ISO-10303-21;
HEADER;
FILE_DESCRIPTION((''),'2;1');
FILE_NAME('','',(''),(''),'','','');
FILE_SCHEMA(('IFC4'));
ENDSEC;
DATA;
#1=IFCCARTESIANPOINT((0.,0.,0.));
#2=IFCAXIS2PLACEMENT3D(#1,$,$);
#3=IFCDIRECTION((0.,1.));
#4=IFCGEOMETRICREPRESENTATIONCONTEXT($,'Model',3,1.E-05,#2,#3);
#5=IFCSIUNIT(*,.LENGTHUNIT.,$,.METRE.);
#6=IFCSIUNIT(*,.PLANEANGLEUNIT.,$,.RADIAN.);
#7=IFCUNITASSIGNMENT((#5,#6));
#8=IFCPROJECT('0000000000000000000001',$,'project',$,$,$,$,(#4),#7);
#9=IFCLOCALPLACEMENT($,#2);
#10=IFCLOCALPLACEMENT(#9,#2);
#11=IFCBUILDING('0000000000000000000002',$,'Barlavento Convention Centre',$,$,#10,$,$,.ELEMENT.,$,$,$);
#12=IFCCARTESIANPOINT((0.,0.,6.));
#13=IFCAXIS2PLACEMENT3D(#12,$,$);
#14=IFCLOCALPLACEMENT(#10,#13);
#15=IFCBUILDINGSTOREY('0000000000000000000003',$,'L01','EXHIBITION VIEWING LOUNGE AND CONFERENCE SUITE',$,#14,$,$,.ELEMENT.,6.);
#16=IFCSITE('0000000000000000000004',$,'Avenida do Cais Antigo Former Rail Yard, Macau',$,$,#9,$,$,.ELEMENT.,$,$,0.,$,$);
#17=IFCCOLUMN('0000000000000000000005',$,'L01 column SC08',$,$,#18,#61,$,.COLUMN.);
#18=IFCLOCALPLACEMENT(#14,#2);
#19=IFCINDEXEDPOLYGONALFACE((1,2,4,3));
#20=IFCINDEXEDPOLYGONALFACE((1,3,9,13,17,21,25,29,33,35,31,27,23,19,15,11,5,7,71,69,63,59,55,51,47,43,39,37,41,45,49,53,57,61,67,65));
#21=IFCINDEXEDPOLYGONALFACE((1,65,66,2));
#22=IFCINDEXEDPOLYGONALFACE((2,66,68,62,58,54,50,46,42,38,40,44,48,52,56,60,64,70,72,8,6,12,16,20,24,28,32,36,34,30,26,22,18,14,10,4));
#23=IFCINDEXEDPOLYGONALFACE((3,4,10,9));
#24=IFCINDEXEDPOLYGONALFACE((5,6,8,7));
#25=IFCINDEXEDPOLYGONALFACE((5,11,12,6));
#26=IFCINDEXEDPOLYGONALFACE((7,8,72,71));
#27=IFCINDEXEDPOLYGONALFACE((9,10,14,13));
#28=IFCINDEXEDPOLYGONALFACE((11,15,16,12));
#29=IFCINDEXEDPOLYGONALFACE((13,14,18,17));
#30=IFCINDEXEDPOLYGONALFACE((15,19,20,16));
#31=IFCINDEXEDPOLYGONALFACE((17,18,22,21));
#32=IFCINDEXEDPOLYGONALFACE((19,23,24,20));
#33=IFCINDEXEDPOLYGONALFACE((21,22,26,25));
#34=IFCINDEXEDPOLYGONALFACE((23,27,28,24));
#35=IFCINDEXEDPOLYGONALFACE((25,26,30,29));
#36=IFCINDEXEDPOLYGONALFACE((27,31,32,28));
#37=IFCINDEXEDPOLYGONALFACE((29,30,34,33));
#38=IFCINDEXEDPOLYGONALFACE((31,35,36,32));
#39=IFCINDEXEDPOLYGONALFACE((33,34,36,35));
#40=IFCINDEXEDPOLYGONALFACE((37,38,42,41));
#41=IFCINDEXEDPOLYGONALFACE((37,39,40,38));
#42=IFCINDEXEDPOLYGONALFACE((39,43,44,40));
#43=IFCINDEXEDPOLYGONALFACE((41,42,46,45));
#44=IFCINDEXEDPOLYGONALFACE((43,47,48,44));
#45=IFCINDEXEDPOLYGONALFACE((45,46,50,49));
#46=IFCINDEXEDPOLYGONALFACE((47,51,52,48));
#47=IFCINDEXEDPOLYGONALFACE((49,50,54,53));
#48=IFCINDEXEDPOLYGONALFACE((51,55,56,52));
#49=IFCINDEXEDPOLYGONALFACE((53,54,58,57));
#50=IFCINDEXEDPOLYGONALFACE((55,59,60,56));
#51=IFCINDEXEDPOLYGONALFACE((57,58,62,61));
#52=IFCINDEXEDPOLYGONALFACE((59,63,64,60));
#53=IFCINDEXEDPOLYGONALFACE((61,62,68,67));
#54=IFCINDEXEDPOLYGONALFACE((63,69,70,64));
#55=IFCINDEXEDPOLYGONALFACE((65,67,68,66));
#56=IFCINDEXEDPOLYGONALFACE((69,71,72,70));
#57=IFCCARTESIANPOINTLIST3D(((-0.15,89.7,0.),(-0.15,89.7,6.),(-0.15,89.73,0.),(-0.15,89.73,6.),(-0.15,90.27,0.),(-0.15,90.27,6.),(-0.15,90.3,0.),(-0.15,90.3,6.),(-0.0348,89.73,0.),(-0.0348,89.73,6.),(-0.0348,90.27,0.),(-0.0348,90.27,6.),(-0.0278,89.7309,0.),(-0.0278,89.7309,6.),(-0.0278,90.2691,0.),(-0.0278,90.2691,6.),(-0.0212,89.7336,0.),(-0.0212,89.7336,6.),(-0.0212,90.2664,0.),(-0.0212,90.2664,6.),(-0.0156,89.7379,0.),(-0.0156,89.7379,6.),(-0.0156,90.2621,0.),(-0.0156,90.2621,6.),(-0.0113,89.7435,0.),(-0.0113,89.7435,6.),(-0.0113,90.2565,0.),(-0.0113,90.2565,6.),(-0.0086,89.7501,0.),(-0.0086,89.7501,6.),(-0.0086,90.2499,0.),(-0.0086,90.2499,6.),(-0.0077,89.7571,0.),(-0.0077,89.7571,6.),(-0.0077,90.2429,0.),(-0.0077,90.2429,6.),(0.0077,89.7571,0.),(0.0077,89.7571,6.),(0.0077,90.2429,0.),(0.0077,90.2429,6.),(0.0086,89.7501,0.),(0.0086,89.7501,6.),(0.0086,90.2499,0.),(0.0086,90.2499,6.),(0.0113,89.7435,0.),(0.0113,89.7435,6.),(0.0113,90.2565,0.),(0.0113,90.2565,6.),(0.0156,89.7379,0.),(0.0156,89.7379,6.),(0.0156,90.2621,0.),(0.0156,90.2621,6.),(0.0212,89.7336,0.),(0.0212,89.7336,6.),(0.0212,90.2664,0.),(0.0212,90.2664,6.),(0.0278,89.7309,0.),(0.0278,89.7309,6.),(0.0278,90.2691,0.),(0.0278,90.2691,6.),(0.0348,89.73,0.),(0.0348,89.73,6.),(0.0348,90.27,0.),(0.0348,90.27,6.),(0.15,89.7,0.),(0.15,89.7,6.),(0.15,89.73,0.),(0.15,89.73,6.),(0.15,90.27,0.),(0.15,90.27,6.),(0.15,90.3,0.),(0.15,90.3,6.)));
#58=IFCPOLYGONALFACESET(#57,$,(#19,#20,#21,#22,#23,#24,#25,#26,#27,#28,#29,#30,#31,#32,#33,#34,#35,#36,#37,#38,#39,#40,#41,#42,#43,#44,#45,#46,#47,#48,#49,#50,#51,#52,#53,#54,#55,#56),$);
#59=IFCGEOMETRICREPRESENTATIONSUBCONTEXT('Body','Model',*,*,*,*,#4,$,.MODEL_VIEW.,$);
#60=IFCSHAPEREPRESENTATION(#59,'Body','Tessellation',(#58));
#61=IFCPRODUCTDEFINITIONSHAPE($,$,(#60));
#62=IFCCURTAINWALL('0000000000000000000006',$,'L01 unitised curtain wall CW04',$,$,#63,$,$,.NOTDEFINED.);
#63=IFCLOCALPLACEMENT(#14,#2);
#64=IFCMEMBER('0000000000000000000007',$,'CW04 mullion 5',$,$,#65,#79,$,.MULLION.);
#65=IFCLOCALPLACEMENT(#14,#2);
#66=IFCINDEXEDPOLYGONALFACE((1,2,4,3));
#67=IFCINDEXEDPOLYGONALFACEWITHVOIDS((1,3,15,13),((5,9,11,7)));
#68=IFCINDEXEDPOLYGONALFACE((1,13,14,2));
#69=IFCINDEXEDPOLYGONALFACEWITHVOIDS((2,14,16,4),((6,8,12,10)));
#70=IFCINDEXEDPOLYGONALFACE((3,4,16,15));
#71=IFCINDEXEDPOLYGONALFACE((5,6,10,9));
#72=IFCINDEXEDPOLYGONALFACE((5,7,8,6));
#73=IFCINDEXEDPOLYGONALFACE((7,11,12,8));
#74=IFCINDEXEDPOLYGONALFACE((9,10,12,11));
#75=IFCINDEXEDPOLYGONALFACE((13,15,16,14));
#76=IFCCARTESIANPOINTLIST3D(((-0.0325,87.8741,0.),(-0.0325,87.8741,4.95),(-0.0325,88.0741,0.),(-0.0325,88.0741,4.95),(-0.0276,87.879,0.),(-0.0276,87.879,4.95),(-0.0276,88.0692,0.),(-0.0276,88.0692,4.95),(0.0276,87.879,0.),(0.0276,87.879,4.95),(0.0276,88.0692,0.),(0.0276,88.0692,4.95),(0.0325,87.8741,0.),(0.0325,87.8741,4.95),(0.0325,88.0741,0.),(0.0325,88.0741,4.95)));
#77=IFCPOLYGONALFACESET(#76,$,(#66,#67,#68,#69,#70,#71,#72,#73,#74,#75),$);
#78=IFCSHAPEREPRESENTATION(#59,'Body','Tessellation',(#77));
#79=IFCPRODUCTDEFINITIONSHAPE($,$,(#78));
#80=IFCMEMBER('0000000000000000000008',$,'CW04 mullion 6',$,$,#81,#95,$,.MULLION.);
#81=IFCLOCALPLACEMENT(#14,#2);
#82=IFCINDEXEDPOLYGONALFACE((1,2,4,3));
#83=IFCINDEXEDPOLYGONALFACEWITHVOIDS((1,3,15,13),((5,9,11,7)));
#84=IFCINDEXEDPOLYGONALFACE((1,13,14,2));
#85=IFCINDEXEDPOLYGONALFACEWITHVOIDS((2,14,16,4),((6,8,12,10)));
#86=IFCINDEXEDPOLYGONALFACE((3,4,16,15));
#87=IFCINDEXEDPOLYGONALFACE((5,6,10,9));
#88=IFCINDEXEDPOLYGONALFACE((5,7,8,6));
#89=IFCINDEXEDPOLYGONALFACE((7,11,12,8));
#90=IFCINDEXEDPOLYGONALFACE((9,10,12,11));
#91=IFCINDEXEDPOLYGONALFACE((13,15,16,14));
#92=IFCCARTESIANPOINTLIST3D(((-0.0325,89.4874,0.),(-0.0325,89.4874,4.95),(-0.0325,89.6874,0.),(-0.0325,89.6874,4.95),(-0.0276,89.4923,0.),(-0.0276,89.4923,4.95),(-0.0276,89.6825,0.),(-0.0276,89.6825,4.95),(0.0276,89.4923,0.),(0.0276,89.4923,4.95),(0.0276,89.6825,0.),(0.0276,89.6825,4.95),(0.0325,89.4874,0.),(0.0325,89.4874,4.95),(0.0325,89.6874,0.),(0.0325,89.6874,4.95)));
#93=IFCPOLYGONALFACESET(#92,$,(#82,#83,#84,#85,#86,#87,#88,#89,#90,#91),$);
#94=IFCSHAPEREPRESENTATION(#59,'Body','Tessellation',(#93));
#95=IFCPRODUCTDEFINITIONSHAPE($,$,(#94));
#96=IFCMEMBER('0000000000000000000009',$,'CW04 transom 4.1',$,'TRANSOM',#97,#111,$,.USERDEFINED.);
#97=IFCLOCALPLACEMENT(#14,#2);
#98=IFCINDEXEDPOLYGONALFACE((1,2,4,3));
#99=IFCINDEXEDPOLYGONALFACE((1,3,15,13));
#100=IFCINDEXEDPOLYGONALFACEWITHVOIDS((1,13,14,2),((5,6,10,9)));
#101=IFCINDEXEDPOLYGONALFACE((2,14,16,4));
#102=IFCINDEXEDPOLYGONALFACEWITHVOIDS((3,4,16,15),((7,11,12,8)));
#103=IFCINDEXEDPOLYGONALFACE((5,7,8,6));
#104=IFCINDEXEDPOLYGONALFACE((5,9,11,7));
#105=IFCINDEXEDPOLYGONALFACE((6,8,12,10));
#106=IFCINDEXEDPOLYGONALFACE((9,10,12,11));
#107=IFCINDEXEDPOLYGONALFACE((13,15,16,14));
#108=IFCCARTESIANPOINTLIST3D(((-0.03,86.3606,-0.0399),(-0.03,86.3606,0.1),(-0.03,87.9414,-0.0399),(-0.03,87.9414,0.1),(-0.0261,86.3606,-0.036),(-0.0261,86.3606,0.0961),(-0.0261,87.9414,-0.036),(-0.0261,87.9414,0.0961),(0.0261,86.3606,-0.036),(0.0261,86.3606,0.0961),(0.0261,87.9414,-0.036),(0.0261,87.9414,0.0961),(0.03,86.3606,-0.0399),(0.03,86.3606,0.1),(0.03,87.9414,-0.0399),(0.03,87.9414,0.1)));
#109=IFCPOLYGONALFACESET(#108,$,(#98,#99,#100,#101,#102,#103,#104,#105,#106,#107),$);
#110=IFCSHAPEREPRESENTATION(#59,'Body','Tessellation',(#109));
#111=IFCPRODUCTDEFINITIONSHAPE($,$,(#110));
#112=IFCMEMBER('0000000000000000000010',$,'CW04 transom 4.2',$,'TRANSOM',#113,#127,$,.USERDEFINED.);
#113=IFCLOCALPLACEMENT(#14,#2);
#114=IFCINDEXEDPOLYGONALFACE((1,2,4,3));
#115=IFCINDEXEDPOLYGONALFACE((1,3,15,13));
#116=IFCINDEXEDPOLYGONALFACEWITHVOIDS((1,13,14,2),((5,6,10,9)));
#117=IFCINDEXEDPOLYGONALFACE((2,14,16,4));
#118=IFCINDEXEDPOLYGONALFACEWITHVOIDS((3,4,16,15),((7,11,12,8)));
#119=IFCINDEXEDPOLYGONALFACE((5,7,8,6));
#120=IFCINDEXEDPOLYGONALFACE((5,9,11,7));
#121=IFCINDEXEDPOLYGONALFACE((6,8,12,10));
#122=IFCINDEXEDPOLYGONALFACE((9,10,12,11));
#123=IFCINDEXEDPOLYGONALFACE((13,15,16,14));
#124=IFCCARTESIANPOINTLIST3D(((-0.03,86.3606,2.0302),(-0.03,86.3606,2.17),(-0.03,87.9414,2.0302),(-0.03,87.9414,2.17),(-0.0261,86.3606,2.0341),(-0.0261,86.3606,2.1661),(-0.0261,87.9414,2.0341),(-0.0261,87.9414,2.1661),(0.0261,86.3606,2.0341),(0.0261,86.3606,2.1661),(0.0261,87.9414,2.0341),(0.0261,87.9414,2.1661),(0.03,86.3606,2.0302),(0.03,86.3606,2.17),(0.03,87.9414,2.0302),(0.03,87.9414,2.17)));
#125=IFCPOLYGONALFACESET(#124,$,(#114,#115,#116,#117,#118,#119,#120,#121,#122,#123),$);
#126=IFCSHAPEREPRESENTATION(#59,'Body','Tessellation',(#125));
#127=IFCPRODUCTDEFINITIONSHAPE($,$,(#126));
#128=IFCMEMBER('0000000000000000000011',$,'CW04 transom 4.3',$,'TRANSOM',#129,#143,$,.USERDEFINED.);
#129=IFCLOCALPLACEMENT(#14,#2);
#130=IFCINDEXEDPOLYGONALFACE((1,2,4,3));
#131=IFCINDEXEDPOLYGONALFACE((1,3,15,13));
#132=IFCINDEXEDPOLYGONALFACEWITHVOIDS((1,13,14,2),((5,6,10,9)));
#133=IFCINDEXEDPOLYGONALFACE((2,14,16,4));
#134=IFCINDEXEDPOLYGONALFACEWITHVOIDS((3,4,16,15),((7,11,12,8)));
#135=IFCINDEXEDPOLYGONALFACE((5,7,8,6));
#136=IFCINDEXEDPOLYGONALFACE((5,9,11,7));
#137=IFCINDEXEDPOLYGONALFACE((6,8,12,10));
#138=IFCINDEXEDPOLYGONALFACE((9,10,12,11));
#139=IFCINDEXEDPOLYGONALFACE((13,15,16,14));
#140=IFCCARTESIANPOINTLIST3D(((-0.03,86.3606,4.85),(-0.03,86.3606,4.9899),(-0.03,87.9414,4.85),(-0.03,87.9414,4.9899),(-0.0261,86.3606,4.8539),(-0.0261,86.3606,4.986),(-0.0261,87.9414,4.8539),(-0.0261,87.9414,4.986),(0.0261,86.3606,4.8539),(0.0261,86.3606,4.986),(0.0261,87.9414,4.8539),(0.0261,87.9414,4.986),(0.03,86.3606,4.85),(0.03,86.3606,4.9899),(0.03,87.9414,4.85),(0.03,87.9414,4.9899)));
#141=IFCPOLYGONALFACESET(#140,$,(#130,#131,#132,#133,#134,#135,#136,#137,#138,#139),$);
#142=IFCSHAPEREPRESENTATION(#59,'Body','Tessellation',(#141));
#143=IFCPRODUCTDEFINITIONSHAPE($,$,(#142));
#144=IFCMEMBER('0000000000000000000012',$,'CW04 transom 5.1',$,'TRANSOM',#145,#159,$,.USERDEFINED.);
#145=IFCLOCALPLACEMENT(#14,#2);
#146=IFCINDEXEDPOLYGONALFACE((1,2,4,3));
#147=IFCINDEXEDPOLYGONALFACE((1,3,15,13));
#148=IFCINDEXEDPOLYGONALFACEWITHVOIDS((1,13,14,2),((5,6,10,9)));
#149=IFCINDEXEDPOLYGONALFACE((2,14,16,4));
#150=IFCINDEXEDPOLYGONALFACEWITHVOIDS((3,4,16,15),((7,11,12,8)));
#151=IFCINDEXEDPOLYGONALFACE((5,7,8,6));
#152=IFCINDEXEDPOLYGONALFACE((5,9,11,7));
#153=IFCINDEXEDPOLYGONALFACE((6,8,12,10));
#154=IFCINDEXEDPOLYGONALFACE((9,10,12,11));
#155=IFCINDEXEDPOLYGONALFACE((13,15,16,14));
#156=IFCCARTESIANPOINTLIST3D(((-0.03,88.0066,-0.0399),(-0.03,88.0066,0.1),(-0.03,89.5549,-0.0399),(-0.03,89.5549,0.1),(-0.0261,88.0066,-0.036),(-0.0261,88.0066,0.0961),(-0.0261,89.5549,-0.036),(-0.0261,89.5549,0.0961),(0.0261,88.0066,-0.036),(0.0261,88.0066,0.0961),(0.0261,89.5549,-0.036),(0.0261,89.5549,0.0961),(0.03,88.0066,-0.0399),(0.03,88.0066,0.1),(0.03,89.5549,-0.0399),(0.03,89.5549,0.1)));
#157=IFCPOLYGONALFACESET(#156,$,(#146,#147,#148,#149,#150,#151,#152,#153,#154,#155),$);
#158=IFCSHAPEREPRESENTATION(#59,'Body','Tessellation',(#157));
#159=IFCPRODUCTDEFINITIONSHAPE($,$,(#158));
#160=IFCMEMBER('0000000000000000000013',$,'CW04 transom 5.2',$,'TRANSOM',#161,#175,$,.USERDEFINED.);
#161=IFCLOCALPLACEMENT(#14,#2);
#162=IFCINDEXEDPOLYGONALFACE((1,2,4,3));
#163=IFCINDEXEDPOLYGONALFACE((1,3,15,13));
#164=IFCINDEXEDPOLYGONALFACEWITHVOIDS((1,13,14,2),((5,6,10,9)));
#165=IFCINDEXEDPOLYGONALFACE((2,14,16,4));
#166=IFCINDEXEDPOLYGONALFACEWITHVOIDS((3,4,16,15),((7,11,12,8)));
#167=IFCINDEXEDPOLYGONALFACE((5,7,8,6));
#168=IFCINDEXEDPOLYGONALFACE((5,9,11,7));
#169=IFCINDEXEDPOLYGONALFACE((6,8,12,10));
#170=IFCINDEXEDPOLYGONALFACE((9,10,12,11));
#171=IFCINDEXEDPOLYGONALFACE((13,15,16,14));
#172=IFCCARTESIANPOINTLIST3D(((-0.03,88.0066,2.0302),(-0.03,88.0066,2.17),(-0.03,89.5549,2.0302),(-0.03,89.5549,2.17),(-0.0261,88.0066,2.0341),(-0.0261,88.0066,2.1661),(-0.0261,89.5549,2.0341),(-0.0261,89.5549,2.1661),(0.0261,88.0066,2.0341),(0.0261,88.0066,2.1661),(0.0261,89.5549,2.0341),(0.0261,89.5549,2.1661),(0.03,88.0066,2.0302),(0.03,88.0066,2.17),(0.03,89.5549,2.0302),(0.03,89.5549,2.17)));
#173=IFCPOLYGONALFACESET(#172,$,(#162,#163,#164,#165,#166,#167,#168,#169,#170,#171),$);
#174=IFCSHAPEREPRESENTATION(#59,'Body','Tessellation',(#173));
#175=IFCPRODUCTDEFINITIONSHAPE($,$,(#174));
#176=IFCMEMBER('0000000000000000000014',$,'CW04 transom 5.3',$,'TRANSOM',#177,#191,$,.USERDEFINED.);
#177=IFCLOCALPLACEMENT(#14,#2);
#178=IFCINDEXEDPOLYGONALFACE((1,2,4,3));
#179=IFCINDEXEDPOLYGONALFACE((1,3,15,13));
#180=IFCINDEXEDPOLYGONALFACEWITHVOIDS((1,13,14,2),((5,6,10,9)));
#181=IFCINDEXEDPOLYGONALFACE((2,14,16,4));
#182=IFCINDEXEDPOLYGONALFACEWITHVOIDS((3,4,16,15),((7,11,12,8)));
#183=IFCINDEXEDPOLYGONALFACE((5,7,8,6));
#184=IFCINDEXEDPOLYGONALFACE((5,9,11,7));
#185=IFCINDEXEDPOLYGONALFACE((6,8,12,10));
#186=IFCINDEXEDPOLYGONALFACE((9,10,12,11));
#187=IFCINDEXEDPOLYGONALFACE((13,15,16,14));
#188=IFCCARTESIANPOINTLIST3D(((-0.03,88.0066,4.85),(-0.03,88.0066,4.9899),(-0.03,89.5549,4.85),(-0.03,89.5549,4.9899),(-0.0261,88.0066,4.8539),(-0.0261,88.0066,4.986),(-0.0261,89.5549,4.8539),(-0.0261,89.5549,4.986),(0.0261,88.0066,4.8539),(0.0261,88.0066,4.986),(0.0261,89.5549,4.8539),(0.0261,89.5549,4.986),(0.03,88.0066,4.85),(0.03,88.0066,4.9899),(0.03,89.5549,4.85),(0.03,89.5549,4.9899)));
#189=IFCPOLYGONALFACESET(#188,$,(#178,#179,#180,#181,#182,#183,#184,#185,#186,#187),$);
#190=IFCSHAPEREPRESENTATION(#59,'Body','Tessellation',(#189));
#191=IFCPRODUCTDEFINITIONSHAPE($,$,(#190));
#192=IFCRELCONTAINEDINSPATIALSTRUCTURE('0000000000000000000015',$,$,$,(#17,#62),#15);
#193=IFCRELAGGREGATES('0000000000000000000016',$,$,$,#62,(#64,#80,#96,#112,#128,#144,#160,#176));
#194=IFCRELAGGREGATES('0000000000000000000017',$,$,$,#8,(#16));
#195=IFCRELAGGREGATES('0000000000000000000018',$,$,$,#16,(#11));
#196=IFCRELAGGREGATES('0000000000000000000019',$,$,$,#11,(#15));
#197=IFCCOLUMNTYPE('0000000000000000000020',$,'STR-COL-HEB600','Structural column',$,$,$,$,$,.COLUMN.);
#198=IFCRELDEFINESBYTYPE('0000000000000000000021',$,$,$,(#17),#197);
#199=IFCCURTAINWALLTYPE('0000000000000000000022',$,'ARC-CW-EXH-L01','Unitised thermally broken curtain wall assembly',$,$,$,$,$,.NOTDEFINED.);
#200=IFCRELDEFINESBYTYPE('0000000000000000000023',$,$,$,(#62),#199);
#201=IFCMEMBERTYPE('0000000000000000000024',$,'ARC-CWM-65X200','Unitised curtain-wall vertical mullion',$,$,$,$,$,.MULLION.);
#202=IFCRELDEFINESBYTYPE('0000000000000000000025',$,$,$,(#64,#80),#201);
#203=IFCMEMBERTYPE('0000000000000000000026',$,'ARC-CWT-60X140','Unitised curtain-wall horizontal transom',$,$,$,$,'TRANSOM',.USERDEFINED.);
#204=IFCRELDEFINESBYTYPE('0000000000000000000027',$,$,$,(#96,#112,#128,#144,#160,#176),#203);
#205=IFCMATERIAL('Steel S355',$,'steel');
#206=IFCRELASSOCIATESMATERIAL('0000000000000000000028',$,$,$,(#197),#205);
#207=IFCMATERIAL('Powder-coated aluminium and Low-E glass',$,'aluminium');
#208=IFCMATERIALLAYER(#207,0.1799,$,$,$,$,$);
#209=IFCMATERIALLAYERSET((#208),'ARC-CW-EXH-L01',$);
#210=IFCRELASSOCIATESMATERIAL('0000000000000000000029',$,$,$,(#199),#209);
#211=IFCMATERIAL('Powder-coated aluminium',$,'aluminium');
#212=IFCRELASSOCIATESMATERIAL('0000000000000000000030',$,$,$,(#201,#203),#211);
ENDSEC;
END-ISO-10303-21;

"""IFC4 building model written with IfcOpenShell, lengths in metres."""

from ifc_helpers import new_model, si_unit, direction, frame, origin, origin_2d, place, context, subcontext, project, spatial, hollow_rectangle, i_section, extrude, material, layer, layer_set, material_profile, profile_set, type_object, element, aggregate, save


model = new_model("IFC4")

# Units and contexts
model_context = context("Model", 3, precision=1e-05, world=origin(), true_north=direction((0.0, 1.0)))
body_context = subcontext(model_context, "Body", "Model", "MODEL_VIEW")
ifc_project = project(units=[si_unit("LENGTHUNIT", "METRE"), si_unit("PLANEANGLEUNIT", "RADIAN")], contexts=[model_context])

# Site, building, storey
site_placement = place(None, origin())
site = spatial("IfcSite", under=ifc_project, at=site_placement, Name="Avenida do Cais Antigo Former Rail Yard, Macau", CompositionType="ELEMENT", RefElevation=0.0)
building_placement = place(site_placement, origin())
building = spatial("IfcBuilding", under=site, at=building_placement, Name="Barlavento Convention Centre", CompositionType="ELEMENT")
storey_placement = place(building_placement, frame((0.0, 0.0, 6.0)))
storey = spatial("IfcBuildingStorey", under=building, at=storey_placement, Name="L01", Description="EXHIBITION VIEWING LOUNGE AND CONFERENCE SUITE", CompositionType="ELEMENT", Elevation=6.0)

# Column
ifc_material_1 = material(Name="Steel S355", Category="steel")
ifc_material_profile_1 = material_profile(ifc_material_1, i_section(OverallWidth=0.3, OverallDepth=0.6001, WebThickness=0.0154, FlangeThickness=0.03, FilletRadius=0.0271, at=origin_2d()), Name="HEB 600")
ifc_profile_set_1 = profile_set([ifc_material_profile_1], Name="Steel S355")
column_type = type_object("IfcColumnType", Name="STR-COL-HEB600", Description="Structural column", PredefinedType="COLUMN", material=ifc_profile_set_1)
column_placement = place(storey_placement, frame((0.0, 90.0, 0.0), z_axis=(0.0, 0.0, 1.0), x_axis=(1.0, 0.0, 0.0)))
element("IfcColumn", 1, at=column_placement, inside=storey, type_object=column_type, Name="L01 column SC08", PredefinedType="COLUMN", context=body_context, shape_type="SweptSolid", body=[
    extrude(i_section(OverallWidth=0.3, OverallDepth=0.6001, WebThickness=0.0154, FlangeThickness=0.03, FilletRadius=0.0271, at=origin_2d()), origin(), (0.0, 0.0, 1.0), 6.0),
])

# Curtain wall, members
ifc_material_2 = material(Name="Powder-coated aluminium and Low-E glass", Category="aluminium")
ifc_layer_1 = layer(ifc_material_2, 0.1799)
ifc_layer_set_1 = layer_set([ifc_layer_1], Name="ARC-CW-EXH-L01")
curtain_wall_type = type_object("IfcCurtainWallType", Name="ARC-CW-EXH-L01", Description="Unitised thermally broken curtain wall assembly", PredefinedType="NOTDEFINED", material=ifc_layer_set_1)
curtain_wall_placement = place(storey_placement, origin())
curtain_wall = element("IfcCurtainWall", 2, at=curtain_wall_placement, inside=storey, type_object=curtain_wall_type, Name="L01 unitised curtain wall CW04", PredefinedType="NOTDEFINED")
ifc_material_3 = material(Name="Powder-coated aluminium", Category="aluminium")
ifc_material_profile_2 = material_profile(ifc_material_3, hollow_rectangle(XDim=0.0649, YDim=0.2, WallThickness=0.0049, at=origin_2d()), Name="AL-MULL 65x200x5")
ifc_profile_set_2 = profile_set([ifc_material_profile_2], Name="Powder-coated aluminium")
member_type_1 = type_object("IfcMemberType", Name="ARC-CWM-65X200", Description="Unitised curtain-wall vertical mullion", PredefinedType="MULLION", material=ifc_profile_set_2)
member_1_placement = place(storey_placement, frame((0.0, 87.9741, 0.0), z_axis=(0.0, 0.0, 1.0), x_axis=(-1.0, 0.0, 0.0)))
member_1 = element("IfcMember", 3, at=member_1_placement, type_object=member_type_1, Name="CW04 mullion 5", PredefinedType="MULLION", context=body_context, shape_type="SweptSolid", body=[
    extrude(hollow_rectangle(XDim=0.0649, YDim=0.2, WallThickness=0.0049, at=origin_2d()), origin(), (0.0, 0.0, 1.0), 4.95),
])
member_2_placement = place(storey_placement, frame((0.0, 89.5874, 0.0), z_axis=(0.0, 0.0, 1.0), x_axis=(-1.0, 0.0, 0.0)))
member_2 = element("IfcMember", 4, at=member_2_placement, type_object=member_type_1, Name="CW04 mullion 6", PredefinedType="MULLION", context=body_context, shape_type="SweptSolid", body=[
    extrude(hollow_rectangle(XDim=0.0649, YDim=0.2, WallThickness=0.0049, at=origin_2d()), origin(), (0.0, 0.0, 1.0), 4.95),
])
ifc_material_profile_3 = material_profile(ifc_material_3, hollow_rectangle(XDim=0.0601, YDim=0.1399, WallThickness=0.0039, at=origin_2d()), Name="AL-TRAN 60x140x4")
ifc_profile_set_3 = profile_set([ifc_material_profile_3], Name="Powder-coated aluminium")
member_type_2 = type_object("IfcMemberType", Name="ARC-CWT-60X140", Description="Unitised curtain-wall horizontal transom", ElementType="TRANSOM", PredefinedType="USERDEFINED", material=ifc_profile_set_3)
member_3_placement = place(storey_placement, frame((0.0, 86.3606, 0.03), z_axis=(0.0, 1.0, 0.0), x_axis=(-1.0, 0.0, 0.0)))
member_3 = element("IfcMember", 5, at=member_3_placement, type_object=member_type_2, Name="CW04 transom 4.1", ObjectType="TRANSOM", PredefinedType="USERDEFINED", context=body_context, shape_type="SweptSolid", body=[
    extrude(hollow_rectangle(XDim=0.0601, YDim=0.1399, WallThickness=0.0039, at=origin_2d()), origin(), (0.0, 0.0, 1.0), 1.5808),
])
member_4_placement = place(storey_placement, frame((0.0, 86.3606, 2.1001), z_axis=(0.0, 1.0, 0.0), x_axis=(-1.0, 0.0, 0.0)))
member_4 = element("IfcMember", 6, at=member_4_placement, type_object=member_type_2, Name="CW04 transom 4.2", ObjectType="TRANSOM", PredefinedType="USERDEFINED", context=body_context, shape_type="SweptSolid", body=[
    extrude(hollow_rectangle(XDim=0.0601, YDim=0.1399, WallThickness=0.0039, at=origin_2d()), origin(), (0.0, 0.0, 1.0), 1.5808),
])
member_5_placement = place(storey_placement, frame((0.0, 86.3606, 4.9199), z_axis=(0.0, 1.0, 0.0), x_axis=(-1.0, 0.0, 0.0)))
member_5 = element("IfcMember", 7, at=member_5_placement, type_object=member_type_2, Name="CW04 transom 4.3", ObjectType="TRANSOM", PredefinedType="USERDEFINED", context=body_context, shape_type="SweptSolid", body=[
    extrude(hollow_rectangle(XDim=0.0601, YDim=0.1399, WallThickness=0.0039, at=origin_2d()), origin(), (0.0, 0.0, 1.0), 1.5808),
])
member_6_placement = place(storey_placement, frame((0.0, 88.0066, 0.03), z_axis=(0.0, 1.0, 0.0), x_axis=(-1.0, 0.0, 0.0)))
member_6 = element("IfcMember", 8, at=member_6_placement, type_object=member_type_2, Name="CW04 transom 5.1", ObjectType="TRANSOM", PredefinedType="USERDEFINED", context=body_context, shape_type="SweptSolid", body=[
    extrude(hollow_rectangle(XDim=0.0601, YDim=0.1399, WallThickness=0.0039, at=origin_2d()), origin(), (0.0, 0.0, 1.0), 1.5483),
])
member_7_placement = place(storey_placement, frame((0.0, 88.0066, 2.1001), z_axis=(0.0, 1.0, 0.0), x_axis=(-1.0, 0.0, 0.0)))
member_7 = element("IfcMember", 9, at=member_7_placement, type_object=member_type_2, Name="CW04 transom 5.2", ObjectType="TRANSOM", PredefinedType="USERDEFINED", context=body_context, shape_type="SweptSolid", body=[
    extrude(hollow_rectangle(XDim=0.0601, YDim=0.1399, WallThickness=0.0039, at=origin_2d()), origin(), (0.0, 0.0, 1.0), 1.5483),
])
member_8_placement = place(storey_placement, frame((0.0, 88.0066, 4.9199), z_axis=(0.0, 1.0, 0.0), x_axis=(-1.0, 0.0, 0.0)))
member_8 = element("IfcMember", 10, at=member_8_placement, type_object=member_type_2, Name="CW04 transom 5.3", ObjectType="TRANSOM", PredefinedType="USERDEFINED", context=body_context, shape_type="SweptSolid", body=[
    extrude(hollow_rectangle(XDim=0.0601, YDim=0.1399, WallThickness=0.0039, at=origin_2d()), origin(), (0.0, 0.0, 1.0), 1.5483),
])

aggregate(curtain_wall, [member_1, member_2, member_3, member_4, member_5, member_6, member_7, member_8])

save(model, "model.ifc")
